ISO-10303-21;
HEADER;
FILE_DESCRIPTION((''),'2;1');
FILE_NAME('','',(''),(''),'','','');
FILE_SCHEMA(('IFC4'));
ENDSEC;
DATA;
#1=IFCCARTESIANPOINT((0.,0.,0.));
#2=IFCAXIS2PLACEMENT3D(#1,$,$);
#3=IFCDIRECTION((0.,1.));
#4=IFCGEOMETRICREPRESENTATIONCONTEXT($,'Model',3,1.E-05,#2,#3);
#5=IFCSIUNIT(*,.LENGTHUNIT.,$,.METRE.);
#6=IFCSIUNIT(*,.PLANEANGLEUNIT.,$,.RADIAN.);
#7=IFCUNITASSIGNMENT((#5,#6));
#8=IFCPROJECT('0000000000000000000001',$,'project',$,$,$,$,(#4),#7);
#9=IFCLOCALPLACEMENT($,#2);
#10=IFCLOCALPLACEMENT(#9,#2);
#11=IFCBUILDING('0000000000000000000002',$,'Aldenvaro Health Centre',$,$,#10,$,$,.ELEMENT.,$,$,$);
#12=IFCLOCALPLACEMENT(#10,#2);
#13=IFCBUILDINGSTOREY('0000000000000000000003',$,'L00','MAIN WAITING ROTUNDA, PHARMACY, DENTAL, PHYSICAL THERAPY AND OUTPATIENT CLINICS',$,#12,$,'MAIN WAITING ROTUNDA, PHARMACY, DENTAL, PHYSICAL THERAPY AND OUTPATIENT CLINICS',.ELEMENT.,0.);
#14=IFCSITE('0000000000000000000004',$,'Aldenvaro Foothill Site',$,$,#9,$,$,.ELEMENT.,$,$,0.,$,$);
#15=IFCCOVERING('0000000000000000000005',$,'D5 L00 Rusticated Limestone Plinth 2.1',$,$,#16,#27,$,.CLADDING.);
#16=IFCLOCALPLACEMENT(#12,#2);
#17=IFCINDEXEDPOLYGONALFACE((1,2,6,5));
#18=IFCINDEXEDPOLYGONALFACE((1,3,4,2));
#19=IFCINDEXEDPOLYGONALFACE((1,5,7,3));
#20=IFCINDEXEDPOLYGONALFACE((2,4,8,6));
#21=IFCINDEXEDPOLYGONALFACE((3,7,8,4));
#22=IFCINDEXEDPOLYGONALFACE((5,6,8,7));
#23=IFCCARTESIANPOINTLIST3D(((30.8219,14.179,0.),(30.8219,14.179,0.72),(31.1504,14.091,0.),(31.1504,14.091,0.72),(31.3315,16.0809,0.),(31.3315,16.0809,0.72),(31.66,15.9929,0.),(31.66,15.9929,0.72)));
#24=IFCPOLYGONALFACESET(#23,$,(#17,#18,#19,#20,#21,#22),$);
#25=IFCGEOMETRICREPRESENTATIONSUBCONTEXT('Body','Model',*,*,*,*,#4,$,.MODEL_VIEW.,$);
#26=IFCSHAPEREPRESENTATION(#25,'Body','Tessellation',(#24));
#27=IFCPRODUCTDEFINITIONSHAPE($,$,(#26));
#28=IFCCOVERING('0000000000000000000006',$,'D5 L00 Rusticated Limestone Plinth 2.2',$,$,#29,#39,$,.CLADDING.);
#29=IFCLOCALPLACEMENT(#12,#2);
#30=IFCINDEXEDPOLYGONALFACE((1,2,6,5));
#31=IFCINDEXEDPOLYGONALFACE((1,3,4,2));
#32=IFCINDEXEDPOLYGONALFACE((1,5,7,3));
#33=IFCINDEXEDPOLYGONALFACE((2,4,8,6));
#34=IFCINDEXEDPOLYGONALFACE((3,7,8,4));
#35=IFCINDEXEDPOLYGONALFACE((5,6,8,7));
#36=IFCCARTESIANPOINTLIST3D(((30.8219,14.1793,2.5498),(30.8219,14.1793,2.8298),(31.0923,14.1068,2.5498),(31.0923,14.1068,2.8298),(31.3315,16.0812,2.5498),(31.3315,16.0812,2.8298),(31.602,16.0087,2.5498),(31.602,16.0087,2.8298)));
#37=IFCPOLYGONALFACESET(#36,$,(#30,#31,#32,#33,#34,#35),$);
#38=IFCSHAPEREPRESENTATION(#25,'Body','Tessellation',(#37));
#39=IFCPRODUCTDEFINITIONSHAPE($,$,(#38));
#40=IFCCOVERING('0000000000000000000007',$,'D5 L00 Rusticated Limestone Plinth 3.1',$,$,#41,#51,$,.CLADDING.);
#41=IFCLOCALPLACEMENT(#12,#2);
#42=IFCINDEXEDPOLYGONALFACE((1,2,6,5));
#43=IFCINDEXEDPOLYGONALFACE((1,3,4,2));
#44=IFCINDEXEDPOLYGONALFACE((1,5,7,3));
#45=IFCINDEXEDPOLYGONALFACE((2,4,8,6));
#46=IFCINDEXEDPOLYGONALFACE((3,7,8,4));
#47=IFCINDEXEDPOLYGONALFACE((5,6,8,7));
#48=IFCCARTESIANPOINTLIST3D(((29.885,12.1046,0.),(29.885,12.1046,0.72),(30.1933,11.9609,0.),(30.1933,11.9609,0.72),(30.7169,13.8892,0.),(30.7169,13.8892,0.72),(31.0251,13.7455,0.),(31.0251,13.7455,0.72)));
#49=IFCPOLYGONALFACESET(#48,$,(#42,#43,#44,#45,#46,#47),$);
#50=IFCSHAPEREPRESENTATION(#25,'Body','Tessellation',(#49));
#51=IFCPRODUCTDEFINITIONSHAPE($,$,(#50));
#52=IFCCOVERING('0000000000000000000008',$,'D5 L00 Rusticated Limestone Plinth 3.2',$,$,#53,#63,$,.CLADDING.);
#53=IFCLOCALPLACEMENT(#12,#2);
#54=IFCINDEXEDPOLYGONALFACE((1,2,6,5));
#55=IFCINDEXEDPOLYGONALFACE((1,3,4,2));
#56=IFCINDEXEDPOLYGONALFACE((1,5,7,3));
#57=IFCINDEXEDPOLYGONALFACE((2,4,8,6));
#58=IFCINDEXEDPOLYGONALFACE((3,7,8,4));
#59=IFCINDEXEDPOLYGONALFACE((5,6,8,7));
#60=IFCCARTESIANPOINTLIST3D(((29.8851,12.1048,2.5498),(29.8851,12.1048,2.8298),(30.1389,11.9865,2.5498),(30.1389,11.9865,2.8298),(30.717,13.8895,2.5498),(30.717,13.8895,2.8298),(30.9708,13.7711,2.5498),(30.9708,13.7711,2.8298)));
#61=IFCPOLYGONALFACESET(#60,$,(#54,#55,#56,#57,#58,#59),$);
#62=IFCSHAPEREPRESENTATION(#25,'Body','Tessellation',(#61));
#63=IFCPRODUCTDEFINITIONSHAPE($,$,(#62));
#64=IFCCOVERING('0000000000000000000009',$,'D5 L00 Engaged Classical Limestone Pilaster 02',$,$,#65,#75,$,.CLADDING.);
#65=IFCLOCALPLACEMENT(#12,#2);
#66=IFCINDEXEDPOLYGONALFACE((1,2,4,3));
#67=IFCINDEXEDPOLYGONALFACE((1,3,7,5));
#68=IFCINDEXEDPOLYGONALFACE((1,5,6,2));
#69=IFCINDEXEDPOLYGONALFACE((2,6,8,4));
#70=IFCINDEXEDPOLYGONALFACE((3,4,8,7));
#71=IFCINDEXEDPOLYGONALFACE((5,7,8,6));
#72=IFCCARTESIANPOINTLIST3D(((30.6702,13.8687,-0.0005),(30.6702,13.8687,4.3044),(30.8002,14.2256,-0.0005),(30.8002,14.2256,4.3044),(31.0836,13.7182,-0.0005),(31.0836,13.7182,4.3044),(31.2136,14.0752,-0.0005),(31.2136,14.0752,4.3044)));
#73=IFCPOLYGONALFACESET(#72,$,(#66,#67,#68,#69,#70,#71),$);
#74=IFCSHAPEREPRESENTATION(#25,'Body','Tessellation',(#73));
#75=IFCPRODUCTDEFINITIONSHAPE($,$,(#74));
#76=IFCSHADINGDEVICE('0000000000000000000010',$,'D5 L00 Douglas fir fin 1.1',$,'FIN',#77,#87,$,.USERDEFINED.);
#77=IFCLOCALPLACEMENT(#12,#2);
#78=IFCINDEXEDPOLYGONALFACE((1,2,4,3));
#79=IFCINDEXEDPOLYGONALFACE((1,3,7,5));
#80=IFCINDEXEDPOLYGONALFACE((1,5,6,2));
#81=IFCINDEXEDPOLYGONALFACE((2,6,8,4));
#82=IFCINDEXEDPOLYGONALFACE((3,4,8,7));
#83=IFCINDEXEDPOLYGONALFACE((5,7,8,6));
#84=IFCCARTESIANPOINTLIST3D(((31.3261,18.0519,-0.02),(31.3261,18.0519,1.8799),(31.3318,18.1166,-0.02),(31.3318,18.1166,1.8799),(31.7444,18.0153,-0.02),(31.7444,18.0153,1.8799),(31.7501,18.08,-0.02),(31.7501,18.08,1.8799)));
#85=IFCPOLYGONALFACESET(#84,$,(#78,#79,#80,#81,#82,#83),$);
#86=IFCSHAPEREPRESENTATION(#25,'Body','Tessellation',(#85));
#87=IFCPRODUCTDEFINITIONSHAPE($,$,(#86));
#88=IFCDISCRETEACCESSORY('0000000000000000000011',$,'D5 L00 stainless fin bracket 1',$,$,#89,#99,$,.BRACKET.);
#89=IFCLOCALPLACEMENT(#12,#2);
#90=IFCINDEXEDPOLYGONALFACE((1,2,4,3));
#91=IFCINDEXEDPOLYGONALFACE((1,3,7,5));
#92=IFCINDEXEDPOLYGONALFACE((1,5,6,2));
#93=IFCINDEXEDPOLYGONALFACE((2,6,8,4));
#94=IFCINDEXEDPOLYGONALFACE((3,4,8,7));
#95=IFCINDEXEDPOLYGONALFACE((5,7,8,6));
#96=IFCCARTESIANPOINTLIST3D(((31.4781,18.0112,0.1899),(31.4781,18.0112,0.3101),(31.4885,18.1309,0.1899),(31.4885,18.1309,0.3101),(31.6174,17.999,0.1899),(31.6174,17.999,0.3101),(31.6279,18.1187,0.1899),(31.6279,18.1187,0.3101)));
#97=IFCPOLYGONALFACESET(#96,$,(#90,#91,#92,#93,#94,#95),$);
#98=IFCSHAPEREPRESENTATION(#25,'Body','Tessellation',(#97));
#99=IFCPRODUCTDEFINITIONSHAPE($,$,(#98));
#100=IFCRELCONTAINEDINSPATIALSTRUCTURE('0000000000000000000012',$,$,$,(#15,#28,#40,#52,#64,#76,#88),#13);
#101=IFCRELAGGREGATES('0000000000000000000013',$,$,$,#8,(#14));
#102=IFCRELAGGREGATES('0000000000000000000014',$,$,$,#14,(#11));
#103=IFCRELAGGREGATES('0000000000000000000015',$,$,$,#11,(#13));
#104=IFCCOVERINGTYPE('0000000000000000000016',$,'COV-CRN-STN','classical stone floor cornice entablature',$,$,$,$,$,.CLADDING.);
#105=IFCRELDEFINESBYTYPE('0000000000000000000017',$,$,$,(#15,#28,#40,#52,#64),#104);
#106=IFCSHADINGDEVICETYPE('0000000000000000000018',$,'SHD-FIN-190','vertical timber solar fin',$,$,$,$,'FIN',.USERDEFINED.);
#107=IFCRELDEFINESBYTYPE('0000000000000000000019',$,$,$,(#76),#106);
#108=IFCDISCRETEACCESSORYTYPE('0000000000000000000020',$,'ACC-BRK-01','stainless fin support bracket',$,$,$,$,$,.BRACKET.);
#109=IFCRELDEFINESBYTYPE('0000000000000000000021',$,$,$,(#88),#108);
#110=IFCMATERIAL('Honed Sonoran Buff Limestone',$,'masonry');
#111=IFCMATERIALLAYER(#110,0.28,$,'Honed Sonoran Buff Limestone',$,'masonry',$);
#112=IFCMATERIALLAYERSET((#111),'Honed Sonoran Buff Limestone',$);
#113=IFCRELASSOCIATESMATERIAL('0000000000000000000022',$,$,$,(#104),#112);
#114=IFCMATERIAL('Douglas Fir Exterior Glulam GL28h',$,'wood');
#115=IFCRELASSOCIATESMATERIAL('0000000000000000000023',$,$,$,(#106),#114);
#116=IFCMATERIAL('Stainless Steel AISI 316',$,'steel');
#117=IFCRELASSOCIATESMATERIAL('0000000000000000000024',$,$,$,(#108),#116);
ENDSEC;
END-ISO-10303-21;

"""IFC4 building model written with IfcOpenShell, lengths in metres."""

from ifc_helpers import new_model, si_unit, direction, frame, origin, origin_2d, place, context, subcontext, project, spatial, rectangle, extrude, material, layer, layer_set, type_object, element, save


model = new_model("IFC4")

# Units and contexts
model_context = context("Model", 3, precision=1e-05, world=origin(), true_north=direction((0.0, 1.0)))
body_context = subcontext(model_context, "Body", "Model", "MODEL_VIEW")
ifc_project = project(units=[si_unit("LENGTHUNIT", "METRE"), si_unit("PLANEANGLEUNIT", "RADIAN")], contexts=[model_context])

# Site, building, storey
site_placement = place(None, origin())
site = spatial("IfcSite", under=ifc_project, at=site_placement, Name="Aldenvaro Foothill Site", CompositionType="ELEMENT", RefElevation=0.0)
building_placement = place(site_placement, origin())
building = spatial("IfcBuilding", under=site, at=building_placement, Name="Aldenvaro Health Centre", CompositionType="ELEMENT")
storey_placement = place(building_placement, origin())
storey = spatial("IfcBuildingStorey", under=building, at=storey_placement, Name="L00", Description="MAIN WAITING ROTUNDA, PHARMACY, DENTAL, PHYSICAL THERAPY AND OUTPATIENT CLINICS", LongName="MAIN WAITING ROTUNDA, PHARMACY, DENTAL, PHYSICAL THERAPY AND OUTPATIENT CLINICS", CompositionType="ELEMENT", Elevation=0.0)

# Coverings
ifc_material_1 = material(Name="Honed Sonoran Buff Limestone", Category="masonry")
ifc_layer_1 = layer(ifc_material_1, 0.28, Name="Honed Sonoran Buff Limestone", Category="masonry")
ifc_layer_set_1 = layer_set([ifc_layer_1], Name="Honed Sonoran Buff Limestone")
covering_type = type_object("IfcCoveringType", Name="COV-CRN-STN", Description="classical stone floor cornice entablature", PredefinedType="CLADDING", material=ifc_layer_set_1)
covering_1_placement = place(storey_placement, frame((31.241, 15.0859, 0.0), z_axis=(0.0, 0.0, 1.0), x_axis=(-0.258825, -0.965924, 0.0)))
element("IfcCovering", 1, at=covering_1_placement, inside=storey, type_object=covering_type, Name="D5 L00 Rusticated Limestone Plinth 2.1", PredefinedType="CLADDING", context=body_context, shape_type="SweptSolid", body=[
    extrude(rectangle(XDim=1.969, YDim=0.3401, at=origin_2d()), origin(), (0.0, 0.0, 1.0), 0.72),
])
covering_2_placement = place(storey_placement, frame((31.2119, 15.094, 2.5498), z_axis=(0.0, 0.0, 1.0), x_axis=(-0.258825, -0.965924, 0.0)))
element("IfcCovering", 2, at=covering_2_placement, inside=storey, type_object=covering_type, Name="D5 L00 Rusticated Limestone Plinth 2.2", PredefinedType="CLADDING", context=body_context, shape_type="SweptSolid", body=[
    extrude(rectangle(XDim=1.969, YDim=0.28, at=origin_2d()), origin(), (0.0, 0.0, 1.0), 0.28),
])
covering_3_placement = place(storey_placement, frame((30.4551, 12.925, 0.0), z_axis=(0.0, 0.0, 1.0), x_axis=(-0.422496, -0.906365, 0.0)))
element("IfcCovering", 3, at=covering_3_placement, inside=storey, type_object=covering_type, Name="D5 L00 Rusticated Limestone Plinth 3.1", PredefinedType="CLADDING", context=body_context, shape_type="SweptSolid", body=[
    extrude(rectangle(XDim=1.969, YDim=0.3401, at=origin_2d()), origin(), (0.0, 0.0, 1.0), 0.72),
])
covering_4_placement = place(storey_placement, frame((30.428, 12.938, 2.5498), z_axis=(0.0, 0.0, 1.0), x_axis=(-0.422496, -0.906365, 0.0)))
element("IfcCovering", 4, at=covering_4_placement, inside=storey, type_object=covering_type, Name="D5 L00 Rusticated Limestone Plinth 3.2", PredefinedType="CLADDING", context=body_context, shape_type="SweptSolid", body=[
    extrude(rectangle(XDim=1.969, YDim=0.28, at=origin_2d()), origin(), (0.0, 0.0, 1.0), 0.28),
])
covering_5_placement = place(storey_placement, frame((30.9419, 13.9719, -0.0005), z_axis=(0.0, 0.0, 1.0), x_axis=(0.939694, -0.342017, 0.0)))
element("IfcCovering", 5, at=covering_5_placement, inside=storey, type_object=covering_type, Name="D5 L00 Engaged Classical Limestone Pilaster 02", PredefinedType="CLADDING", context=body_context, shape_type="SweptSolid", body=[
    extrude(rectangle(XDim=0.4399, YDim=0.3799, at=origin_2d()), origin(), (0.0, 0.0, 1.0), 4.3049),
])

# Shading device
ifc_material_2 = material(Name="Douglas Fir Exterior Glulam GL28h", Category="wood")
shading_device_type = type_object("IfcShadingDeviceType", Name="SHD-FIN-190", Description="vertical timber solar fin", ElementType="FIN", PredefinedType="USERDEFINED", material=ifc_material_2)
shading_device_placement = place(storey_placement, frame((31.5381, 18.0659, -0.02), z_axis=(0.0, 0.0, 1.0), x_axis=(-0.087167, -0.996194, 0.0)))
element("IfcShadingDevice", 6, at=shading_device_placement, inside=storey, type_object=shading_device_type, Name="D5 L00 Douglas fir fin 1.1", ObjectType="FIN", PredefinedType="USERDEFINED", context=body_context, shape_type="SweptSolid", body=[
    extrude(rectangle(XDim=0.0649, YDim=0.4199, at=origin_2d()), origin(), (0.0, 0.0, 1.0), 1.8999),
])

# Discrete accessory
ifc_material_3 = material(Name="Stainless Steel AISI 316", Category="steel")
discrete_accessory_type = type_object("IfcDiscreteAccessoryType", Name="ACC-BRK-01", Description="stainless fin support bracket", PredefinedType="BRACKET", material=ifc_material_3)
discrete_accessory_placement = place(storey_placement, frame((31.553, 18.0649, 0.1899), z_axis=(0.0, 0.0, 1.0), x_axis=(-0.087167, -0.996194, 0.0)))
element("IfcDiscreteAccessory", 7, at=discrete_accessory_placement, inside=storey, type_object=discrete_accessory_type, Name="D5 L00 stainless fin bracket 1", PredefinedType="BRACKET", context=body_context, shape_type="SweptSolid", body=[
    extrude(rectangle(XDim=0.1201, YDim=0.1399, at=origin_2d()), origin(), (0.0, 0.0, 1.0), 0.1201),
])

save(model, "model.ifc")
